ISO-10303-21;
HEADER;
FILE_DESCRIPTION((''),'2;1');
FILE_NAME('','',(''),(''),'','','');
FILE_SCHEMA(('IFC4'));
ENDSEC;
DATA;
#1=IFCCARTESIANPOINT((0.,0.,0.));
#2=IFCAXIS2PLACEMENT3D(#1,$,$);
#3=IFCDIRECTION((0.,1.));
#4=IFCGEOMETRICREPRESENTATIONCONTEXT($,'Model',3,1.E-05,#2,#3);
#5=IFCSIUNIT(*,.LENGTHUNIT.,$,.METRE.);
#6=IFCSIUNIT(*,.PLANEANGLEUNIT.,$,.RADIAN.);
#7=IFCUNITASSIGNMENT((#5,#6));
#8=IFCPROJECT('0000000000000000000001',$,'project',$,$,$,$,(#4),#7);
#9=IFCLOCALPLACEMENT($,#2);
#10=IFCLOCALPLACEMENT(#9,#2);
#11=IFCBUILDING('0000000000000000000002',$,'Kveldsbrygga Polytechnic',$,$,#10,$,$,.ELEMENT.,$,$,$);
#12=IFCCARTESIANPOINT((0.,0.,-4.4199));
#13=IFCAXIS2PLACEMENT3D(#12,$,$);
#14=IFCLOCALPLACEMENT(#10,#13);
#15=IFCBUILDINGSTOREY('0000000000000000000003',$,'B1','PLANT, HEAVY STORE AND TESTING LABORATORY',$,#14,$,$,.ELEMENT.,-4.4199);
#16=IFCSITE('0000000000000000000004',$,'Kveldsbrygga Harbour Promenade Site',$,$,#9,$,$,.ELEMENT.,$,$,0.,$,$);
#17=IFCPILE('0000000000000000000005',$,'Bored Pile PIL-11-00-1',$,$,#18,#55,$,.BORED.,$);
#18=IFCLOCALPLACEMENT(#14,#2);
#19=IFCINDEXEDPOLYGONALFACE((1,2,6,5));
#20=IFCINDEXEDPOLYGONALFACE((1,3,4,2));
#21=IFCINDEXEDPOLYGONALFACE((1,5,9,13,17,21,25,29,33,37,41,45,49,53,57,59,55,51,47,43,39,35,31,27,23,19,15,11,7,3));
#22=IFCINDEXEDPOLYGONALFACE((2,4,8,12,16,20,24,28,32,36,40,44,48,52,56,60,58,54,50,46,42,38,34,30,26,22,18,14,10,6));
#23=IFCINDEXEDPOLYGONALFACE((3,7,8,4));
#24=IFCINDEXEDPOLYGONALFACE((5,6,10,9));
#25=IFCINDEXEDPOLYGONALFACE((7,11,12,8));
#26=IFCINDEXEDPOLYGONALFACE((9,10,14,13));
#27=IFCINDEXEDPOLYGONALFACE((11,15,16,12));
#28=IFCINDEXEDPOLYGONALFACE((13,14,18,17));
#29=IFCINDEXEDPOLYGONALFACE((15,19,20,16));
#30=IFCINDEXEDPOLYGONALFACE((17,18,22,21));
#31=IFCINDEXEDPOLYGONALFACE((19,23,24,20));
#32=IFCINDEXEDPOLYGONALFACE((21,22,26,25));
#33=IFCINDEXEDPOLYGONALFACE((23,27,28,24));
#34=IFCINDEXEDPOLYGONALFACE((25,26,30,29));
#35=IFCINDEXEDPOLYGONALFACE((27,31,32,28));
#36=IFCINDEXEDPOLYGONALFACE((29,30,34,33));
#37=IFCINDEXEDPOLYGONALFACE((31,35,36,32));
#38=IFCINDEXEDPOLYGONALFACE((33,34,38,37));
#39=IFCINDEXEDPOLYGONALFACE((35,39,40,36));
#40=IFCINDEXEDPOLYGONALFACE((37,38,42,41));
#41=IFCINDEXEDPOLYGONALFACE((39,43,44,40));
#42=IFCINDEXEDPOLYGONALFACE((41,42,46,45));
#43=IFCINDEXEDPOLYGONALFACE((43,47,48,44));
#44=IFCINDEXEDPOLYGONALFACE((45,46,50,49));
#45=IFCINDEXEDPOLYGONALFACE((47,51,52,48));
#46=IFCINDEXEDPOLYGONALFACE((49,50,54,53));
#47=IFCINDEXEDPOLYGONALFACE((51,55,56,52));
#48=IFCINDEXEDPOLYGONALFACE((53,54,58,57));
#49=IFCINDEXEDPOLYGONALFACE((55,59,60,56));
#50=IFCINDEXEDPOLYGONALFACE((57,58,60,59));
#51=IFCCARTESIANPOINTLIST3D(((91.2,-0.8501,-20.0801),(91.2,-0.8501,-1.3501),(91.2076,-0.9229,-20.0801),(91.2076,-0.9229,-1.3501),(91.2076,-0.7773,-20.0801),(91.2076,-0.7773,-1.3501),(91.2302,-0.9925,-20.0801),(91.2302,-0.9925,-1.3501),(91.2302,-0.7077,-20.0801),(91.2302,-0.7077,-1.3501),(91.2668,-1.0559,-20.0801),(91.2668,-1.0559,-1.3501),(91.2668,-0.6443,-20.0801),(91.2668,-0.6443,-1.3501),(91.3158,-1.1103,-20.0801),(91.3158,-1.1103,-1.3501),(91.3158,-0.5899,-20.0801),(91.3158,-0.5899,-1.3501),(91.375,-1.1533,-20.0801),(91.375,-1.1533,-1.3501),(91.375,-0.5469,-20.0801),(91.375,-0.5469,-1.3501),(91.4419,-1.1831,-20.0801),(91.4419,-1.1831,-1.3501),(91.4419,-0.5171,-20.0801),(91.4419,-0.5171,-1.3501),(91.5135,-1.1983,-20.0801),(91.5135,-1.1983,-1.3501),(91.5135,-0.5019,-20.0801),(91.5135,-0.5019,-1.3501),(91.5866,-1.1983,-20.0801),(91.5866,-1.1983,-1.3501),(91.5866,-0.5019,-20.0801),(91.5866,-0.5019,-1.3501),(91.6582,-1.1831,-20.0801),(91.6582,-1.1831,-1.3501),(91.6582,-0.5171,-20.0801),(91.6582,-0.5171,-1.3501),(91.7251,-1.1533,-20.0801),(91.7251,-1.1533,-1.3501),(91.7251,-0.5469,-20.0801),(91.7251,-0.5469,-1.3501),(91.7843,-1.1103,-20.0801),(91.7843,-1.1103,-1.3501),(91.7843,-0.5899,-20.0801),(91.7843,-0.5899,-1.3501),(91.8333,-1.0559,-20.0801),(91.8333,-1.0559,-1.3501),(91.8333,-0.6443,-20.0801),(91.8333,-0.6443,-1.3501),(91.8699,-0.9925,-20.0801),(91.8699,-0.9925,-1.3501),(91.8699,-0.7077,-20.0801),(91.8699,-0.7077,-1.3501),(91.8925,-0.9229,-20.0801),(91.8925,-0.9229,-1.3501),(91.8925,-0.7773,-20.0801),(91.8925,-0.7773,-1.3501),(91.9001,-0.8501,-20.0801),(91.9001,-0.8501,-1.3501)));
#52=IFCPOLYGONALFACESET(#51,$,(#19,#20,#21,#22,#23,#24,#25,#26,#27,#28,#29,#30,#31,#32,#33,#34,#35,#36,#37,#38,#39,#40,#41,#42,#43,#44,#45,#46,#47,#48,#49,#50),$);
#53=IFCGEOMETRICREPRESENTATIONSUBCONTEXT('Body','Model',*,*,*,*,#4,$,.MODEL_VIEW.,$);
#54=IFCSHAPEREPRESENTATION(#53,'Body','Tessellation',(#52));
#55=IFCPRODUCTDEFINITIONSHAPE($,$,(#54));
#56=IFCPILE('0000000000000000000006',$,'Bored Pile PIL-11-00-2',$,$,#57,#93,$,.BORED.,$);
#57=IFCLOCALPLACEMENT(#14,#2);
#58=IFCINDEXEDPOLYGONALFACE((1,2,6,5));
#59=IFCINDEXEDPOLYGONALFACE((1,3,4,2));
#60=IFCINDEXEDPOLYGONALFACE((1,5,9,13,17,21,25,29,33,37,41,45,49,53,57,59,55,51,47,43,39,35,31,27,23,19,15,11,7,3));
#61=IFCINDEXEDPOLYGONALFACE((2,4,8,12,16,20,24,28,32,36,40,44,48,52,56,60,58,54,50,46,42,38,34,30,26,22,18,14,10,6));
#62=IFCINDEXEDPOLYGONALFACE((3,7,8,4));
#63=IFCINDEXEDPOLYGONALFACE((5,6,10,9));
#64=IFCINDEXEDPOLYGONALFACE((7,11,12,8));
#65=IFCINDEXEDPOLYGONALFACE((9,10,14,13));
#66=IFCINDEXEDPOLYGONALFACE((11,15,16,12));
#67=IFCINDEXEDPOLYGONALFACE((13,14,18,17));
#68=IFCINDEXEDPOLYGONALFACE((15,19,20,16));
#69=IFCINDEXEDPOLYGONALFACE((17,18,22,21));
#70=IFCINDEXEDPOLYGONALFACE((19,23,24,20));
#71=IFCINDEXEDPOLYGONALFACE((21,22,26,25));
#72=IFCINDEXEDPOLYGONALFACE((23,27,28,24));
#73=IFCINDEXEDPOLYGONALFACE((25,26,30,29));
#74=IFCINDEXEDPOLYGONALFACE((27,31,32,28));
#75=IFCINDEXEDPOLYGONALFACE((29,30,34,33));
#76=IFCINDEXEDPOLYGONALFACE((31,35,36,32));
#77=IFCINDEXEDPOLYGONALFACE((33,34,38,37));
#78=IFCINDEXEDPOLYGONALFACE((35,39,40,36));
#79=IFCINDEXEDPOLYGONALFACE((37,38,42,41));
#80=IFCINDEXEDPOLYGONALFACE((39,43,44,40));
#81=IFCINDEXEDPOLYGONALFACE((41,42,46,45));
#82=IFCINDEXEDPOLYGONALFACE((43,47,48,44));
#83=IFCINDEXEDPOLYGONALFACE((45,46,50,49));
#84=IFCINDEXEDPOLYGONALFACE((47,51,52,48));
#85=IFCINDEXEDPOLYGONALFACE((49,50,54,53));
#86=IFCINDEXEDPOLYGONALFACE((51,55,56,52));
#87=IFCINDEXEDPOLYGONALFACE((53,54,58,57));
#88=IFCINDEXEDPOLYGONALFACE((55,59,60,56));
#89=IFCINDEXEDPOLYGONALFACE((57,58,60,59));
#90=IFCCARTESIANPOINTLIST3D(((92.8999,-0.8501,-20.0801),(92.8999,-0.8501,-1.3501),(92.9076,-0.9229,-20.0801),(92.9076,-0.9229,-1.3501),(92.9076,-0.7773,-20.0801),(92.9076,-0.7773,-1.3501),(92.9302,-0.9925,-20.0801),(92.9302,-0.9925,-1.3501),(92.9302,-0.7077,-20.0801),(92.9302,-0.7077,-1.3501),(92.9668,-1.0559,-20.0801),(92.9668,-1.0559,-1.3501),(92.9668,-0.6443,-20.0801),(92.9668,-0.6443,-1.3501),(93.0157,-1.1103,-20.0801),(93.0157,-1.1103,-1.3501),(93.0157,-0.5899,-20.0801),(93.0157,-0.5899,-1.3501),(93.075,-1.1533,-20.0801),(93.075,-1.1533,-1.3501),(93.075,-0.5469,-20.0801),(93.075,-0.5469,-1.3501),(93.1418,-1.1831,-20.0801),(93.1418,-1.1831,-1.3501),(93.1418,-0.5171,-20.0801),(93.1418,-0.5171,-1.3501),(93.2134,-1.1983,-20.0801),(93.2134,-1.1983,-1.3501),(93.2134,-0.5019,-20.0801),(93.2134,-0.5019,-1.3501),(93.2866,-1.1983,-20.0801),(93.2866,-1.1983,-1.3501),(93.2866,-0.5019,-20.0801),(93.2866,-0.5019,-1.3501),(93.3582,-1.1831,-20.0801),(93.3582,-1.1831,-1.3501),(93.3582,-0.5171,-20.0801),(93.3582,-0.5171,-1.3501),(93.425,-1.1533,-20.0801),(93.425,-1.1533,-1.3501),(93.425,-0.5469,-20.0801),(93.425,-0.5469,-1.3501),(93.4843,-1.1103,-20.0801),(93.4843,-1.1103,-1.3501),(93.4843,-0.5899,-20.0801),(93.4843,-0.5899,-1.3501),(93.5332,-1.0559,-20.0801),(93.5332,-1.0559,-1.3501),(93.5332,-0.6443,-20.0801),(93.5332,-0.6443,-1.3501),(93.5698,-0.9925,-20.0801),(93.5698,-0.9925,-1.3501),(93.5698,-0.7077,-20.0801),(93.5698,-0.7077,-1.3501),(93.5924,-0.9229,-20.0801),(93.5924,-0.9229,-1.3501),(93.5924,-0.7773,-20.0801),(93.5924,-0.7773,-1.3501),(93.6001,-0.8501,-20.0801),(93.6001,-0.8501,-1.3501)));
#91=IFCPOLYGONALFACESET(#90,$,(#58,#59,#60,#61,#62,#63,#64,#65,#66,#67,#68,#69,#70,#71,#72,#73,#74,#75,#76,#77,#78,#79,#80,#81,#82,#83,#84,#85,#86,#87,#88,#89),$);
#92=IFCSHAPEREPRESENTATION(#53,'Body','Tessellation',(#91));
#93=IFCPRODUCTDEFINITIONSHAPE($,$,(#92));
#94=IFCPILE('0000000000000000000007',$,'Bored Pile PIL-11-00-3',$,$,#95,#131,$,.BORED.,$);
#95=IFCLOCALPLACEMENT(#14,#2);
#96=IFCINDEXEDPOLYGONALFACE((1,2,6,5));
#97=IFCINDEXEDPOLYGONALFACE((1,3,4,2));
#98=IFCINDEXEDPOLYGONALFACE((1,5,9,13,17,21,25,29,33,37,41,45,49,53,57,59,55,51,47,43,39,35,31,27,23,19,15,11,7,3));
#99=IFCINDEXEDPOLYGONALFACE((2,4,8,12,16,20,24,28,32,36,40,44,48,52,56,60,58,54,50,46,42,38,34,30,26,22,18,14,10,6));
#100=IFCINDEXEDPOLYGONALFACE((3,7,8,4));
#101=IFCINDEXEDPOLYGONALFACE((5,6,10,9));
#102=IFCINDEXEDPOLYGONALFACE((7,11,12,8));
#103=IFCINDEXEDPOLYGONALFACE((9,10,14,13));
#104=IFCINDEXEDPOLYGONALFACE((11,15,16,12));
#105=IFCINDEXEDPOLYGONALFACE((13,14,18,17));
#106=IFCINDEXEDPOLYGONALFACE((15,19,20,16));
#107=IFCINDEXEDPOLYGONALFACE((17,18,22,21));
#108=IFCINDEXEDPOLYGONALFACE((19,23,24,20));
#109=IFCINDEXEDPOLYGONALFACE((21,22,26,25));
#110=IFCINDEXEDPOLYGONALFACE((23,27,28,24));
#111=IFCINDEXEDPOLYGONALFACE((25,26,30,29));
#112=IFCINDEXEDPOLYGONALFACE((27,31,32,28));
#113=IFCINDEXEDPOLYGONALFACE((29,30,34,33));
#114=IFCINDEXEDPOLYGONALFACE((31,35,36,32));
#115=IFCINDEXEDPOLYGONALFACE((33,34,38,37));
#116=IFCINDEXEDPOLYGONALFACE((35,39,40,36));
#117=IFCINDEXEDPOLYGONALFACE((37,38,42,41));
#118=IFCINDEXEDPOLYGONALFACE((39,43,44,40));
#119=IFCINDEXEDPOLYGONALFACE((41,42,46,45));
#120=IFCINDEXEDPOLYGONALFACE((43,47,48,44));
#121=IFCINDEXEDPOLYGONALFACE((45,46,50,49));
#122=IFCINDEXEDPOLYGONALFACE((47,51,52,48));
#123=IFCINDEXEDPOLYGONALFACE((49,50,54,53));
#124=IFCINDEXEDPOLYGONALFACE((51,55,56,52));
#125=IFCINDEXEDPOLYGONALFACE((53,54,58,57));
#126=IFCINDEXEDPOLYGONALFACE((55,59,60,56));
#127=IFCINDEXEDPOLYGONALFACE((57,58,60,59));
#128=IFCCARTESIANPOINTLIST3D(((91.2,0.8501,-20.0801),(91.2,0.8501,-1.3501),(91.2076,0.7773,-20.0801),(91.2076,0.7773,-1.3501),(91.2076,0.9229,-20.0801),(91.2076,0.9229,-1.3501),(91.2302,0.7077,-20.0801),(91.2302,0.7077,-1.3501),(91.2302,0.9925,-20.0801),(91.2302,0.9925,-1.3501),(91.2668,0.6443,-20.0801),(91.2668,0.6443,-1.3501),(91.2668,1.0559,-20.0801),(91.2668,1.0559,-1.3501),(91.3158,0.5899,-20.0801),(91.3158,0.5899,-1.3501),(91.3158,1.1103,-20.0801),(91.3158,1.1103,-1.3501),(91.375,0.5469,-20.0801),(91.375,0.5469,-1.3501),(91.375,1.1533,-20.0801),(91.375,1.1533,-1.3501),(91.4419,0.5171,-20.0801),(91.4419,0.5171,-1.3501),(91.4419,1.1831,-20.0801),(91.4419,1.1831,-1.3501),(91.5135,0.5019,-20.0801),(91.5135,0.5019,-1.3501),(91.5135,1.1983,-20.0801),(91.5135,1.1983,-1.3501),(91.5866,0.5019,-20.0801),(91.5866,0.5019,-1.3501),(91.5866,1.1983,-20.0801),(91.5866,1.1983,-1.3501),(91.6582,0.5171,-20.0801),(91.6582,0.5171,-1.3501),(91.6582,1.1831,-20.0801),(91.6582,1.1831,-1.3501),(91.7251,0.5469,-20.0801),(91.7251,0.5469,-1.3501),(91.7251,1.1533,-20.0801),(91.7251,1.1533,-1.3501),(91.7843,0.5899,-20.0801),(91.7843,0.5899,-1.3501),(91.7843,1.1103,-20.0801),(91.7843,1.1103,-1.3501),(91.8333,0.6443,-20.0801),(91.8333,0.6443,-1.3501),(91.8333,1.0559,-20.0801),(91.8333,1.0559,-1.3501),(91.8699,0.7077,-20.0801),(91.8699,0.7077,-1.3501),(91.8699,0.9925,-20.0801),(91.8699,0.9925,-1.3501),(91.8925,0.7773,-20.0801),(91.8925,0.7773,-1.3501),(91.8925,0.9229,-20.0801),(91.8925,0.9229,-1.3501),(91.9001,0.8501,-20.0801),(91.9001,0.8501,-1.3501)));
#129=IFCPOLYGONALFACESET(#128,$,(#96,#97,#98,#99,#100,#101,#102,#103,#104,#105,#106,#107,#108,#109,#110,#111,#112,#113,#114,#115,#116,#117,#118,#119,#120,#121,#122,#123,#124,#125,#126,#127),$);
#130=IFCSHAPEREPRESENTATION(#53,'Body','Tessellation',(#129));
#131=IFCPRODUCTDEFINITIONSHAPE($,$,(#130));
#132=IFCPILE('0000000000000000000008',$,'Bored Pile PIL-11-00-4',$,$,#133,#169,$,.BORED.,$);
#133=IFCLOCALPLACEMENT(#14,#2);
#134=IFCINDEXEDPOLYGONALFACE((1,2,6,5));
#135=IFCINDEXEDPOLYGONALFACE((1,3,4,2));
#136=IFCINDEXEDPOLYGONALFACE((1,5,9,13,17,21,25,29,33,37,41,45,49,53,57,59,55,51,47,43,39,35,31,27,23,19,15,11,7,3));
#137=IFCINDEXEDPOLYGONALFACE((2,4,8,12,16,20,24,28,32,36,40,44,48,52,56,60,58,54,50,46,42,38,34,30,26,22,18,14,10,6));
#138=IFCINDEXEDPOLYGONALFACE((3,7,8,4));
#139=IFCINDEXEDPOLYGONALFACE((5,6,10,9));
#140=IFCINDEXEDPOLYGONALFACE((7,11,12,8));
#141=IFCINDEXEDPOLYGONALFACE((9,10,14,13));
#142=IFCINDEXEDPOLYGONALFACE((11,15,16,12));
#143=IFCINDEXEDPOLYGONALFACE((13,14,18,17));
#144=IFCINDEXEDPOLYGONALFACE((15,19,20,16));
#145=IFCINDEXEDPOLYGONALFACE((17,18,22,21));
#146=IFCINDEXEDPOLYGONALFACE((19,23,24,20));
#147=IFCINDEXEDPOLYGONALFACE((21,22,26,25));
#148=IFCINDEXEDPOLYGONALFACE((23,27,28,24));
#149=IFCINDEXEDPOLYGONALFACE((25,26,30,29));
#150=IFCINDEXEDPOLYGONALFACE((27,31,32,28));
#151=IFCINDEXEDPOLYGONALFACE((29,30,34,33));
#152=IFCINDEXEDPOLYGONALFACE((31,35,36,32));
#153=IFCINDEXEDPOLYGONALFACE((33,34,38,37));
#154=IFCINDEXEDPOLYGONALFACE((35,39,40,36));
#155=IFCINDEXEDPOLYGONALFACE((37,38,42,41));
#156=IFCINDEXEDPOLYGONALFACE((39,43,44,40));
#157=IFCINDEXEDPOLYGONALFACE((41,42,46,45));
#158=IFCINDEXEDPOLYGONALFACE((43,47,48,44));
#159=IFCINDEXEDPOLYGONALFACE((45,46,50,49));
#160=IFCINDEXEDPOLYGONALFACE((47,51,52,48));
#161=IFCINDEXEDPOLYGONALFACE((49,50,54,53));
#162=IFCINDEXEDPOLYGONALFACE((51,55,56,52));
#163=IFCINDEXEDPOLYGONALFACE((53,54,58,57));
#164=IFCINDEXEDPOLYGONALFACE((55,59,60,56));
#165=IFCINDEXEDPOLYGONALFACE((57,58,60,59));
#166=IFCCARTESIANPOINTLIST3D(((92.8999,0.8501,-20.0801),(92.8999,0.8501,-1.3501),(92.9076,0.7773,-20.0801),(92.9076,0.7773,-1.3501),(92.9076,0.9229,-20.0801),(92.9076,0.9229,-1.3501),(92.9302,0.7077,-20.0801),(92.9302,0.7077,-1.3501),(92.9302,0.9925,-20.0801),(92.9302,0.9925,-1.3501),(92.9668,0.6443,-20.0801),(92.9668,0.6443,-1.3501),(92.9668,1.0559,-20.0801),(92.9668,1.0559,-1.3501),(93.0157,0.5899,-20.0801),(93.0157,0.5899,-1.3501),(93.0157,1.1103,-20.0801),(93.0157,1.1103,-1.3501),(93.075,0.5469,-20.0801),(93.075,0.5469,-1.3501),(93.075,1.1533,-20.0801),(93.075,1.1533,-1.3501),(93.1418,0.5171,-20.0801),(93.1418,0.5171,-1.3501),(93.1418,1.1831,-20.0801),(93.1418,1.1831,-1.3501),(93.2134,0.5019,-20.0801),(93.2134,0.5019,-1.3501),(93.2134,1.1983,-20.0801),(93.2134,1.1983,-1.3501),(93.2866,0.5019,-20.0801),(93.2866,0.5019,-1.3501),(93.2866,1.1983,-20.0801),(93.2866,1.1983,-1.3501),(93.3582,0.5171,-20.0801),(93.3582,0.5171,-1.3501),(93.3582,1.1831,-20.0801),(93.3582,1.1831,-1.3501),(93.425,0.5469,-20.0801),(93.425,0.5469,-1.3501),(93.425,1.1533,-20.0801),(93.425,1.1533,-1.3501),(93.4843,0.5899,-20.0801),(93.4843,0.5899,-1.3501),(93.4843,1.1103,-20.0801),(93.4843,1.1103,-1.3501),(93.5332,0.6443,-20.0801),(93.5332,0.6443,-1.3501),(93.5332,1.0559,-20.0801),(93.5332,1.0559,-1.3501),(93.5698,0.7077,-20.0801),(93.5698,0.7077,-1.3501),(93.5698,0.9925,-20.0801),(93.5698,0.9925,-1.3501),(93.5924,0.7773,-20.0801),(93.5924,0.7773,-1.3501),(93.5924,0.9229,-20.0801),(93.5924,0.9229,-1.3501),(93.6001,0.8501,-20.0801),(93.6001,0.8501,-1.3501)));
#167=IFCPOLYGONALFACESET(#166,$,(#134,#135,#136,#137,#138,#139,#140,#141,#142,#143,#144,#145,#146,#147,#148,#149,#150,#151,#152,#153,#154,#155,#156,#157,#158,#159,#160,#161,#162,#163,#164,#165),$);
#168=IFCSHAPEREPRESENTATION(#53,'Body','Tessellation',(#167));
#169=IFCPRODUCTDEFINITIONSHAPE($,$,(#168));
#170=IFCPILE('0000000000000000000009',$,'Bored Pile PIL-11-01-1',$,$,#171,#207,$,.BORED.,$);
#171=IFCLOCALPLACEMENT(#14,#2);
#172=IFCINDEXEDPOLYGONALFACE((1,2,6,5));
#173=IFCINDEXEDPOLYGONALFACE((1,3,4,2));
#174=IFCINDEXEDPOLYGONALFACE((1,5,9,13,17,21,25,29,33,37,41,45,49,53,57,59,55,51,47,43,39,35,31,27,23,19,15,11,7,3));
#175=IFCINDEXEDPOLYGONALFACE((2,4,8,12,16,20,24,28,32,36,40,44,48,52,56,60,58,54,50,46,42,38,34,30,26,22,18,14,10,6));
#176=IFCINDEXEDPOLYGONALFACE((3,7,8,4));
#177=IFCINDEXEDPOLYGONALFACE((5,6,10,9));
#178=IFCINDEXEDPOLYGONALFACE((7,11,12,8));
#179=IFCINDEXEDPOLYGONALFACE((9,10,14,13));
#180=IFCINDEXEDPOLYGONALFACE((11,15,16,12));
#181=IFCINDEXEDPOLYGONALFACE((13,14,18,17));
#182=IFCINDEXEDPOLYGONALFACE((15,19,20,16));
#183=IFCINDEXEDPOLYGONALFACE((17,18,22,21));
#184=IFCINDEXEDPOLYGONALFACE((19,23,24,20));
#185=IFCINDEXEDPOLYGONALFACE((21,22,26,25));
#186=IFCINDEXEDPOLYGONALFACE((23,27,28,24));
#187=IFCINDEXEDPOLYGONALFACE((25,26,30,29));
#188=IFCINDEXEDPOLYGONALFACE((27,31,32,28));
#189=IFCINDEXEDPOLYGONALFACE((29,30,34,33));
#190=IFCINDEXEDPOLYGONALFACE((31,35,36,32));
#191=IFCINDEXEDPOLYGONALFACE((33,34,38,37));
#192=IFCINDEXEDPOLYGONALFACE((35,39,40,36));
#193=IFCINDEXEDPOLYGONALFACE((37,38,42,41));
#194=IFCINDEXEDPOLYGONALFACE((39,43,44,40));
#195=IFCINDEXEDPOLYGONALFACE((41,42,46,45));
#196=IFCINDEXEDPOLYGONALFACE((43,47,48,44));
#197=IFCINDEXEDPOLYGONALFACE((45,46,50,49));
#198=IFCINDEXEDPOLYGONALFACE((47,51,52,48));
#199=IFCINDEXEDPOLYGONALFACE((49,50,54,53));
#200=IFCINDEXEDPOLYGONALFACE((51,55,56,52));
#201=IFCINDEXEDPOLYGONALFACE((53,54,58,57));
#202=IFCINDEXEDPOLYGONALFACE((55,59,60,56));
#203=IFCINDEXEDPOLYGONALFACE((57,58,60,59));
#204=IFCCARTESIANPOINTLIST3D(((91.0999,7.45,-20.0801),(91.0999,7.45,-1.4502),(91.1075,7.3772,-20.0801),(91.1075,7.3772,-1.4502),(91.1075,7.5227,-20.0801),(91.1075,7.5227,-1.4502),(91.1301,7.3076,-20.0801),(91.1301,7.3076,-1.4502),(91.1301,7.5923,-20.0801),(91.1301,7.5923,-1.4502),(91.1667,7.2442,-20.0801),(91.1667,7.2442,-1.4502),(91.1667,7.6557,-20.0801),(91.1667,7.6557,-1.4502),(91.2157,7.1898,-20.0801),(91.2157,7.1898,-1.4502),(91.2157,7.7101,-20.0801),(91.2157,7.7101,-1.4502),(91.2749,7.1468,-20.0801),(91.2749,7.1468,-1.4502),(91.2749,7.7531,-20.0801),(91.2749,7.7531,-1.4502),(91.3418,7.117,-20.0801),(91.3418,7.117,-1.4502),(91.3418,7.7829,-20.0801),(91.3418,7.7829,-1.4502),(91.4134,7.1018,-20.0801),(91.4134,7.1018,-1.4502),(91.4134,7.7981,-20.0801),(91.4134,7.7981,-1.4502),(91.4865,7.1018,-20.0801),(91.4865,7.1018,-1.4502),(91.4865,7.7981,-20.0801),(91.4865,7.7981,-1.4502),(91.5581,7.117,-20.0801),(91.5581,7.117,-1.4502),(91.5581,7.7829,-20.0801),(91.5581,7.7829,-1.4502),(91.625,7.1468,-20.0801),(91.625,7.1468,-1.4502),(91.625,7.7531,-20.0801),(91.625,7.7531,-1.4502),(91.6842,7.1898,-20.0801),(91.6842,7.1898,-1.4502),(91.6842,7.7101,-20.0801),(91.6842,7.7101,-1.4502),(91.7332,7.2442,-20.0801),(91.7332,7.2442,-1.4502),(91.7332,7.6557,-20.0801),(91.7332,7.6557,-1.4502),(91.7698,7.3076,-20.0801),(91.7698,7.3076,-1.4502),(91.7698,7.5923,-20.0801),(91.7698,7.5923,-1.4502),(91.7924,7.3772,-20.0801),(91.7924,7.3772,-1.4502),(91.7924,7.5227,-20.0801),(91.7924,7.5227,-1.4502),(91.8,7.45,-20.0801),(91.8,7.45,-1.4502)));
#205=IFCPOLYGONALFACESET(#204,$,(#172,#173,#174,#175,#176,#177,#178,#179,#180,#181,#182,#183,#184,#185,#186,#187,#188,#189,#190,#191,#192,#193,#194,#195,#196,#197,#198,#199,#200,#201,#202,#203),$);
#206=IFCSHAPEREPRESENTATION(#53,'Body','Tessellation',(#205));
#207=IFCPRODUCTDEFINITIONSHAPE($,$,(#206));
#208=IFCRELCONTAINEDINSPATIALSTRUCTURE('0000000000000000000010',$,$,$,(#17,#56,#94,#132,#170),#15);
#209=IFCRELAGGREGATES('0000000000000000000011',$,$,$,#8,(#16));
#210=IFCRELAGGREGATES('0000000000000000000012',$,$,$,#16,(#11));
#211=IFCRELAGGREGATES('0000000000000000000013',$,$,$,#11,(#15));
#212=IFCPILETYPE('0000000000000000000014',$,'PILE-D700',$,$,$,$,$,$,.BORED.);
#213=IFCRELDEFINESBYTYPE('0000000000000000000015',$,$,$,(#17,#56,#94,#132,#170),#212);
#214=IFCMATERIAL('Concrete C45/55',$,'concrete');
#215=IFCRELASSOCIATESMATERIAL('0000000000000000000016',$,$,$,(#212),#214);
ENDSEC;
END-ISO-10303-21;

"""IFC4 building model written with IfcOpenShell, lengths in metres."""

from ifc_helpers import new_model, si_unit, direction, frame, origin, origin_2d, place, context, subcontext, project, spatial, circle, extrude, material, material_profile, profile_set, type_object, element, save


model = new_model("IFC4")

# Units and contexts
model_context = context("Model", 3, precision=1e-05, world=origin(), true_north=direction((0.0, 1.0)))
body_context = subcontext(model_context, "Body", "Model", "MODEL_VIEW")
ifc_project = project(units=[si_unit("LENGTHUNIT", "METRE"), si_unit("PLANEANGLEUNIT", "RADIAN")], contexts=[model_context])

# Site, building, storey
site_placement = place(None, origin())
site = spatial("IfcSite", under=ifc_project, at=site_placement, Name="Kveldsbrygga Harbour Promenade Site", CompositionType="ELEMENT", RefElevation=0.0)
building_placement = place(site_placement, origin())
building = spatial("IfcBuilding", under=site, at=building_placement, Name="Kveldsbrygga Polytechnic", CompositionType="ELEMENT")
storey_placement = place(building_placement, frame((0.0, 0.0, -4.4199)))
storey = spatial("IfcBuildingStorey", under=building, at=storey_placement, Name="B1", Description="PLANT, HEAVY STORE AND TESTING LABORATORY", CompositionType="ELEMENT", Elevation=-4.4199)

# Shared definitions
ifc_material_1 = material(Name="Concrete C45/55", Category="concrete")

# Piles
ifc_material_profile_1 = material_profile(ifc_material_1, circle(Radius=0.3501, at=origin_2d()), Name="PILE D700")
ifc_profile_set_1 = profile_set([ifc_material_profile_1], Name="Concrete C45/55")
pile_type = type_object("IfcPileType", Name="PILE-D700", PredefinedType="BORED", material=ifc_profile_set_1)
for number, where, z_axis, x_axis, name in (
    (1, (91.55, -0.8501, -1.3501), (0.0, 0.0, -1.0), (1.0, 0.0, 0.0), "Bored Pile PIL-11-00-1"),
    (2, (93.25, -0.8501, -1.3501), (0.0, 0.0, -1.0), (1.0, 0.0, 0.0), "Bored Pile PIL-11-00-2"),
    (3, (91.55, 0.8501, -1.3501), (0.0, 0.0, -1.0), (1.0, 0.0, 0.0), "Bored Pile PIL-11-00-3"),
    (4, (93.25, 0.8501, -1.3501), (0.0, 0.0, -1.0), (1.0, 0.0, 0.0), "Bored Pile PIL-11-00-4"),
):
    element("IfcPile", number, at=place(storey_placement, frame(where, z_axis=z_axis, x_axis=x_axis)), inside=storey, type_object=pile_type, Name=name, PredefinedType="BORED", context=body_context, shape_type="SweptSolid", body=[
        extrude(circle(Radius=0.3501, at=origin_2d()), origin(), (0.0, 0.0, 1.0), 18.73),
    ])
for number, where, z_axis, x_axis, name in (
    (5, (91.45, 7.45, -1.4502), (0.0, 0.0, -1.0), (1.0, 0.0, 0.0), "Bored Pile PIL-11-01-1"),
):
    element("IfcPile", number, at=place(storey_placement, frame(where, z_axis=z_axis, x_axis=x_axis)), inside=storey, type_object=pile_type, Name=name, PredefinedType="BORED", context=body_context, shape_type="SweptSolid", body=[
        extrude(circle(Radius=0.3501, at=origin_2d()), origin(), (0.0, 0.0, 1.0), 18.6299),
    ])

save(model, "model.ifc")
